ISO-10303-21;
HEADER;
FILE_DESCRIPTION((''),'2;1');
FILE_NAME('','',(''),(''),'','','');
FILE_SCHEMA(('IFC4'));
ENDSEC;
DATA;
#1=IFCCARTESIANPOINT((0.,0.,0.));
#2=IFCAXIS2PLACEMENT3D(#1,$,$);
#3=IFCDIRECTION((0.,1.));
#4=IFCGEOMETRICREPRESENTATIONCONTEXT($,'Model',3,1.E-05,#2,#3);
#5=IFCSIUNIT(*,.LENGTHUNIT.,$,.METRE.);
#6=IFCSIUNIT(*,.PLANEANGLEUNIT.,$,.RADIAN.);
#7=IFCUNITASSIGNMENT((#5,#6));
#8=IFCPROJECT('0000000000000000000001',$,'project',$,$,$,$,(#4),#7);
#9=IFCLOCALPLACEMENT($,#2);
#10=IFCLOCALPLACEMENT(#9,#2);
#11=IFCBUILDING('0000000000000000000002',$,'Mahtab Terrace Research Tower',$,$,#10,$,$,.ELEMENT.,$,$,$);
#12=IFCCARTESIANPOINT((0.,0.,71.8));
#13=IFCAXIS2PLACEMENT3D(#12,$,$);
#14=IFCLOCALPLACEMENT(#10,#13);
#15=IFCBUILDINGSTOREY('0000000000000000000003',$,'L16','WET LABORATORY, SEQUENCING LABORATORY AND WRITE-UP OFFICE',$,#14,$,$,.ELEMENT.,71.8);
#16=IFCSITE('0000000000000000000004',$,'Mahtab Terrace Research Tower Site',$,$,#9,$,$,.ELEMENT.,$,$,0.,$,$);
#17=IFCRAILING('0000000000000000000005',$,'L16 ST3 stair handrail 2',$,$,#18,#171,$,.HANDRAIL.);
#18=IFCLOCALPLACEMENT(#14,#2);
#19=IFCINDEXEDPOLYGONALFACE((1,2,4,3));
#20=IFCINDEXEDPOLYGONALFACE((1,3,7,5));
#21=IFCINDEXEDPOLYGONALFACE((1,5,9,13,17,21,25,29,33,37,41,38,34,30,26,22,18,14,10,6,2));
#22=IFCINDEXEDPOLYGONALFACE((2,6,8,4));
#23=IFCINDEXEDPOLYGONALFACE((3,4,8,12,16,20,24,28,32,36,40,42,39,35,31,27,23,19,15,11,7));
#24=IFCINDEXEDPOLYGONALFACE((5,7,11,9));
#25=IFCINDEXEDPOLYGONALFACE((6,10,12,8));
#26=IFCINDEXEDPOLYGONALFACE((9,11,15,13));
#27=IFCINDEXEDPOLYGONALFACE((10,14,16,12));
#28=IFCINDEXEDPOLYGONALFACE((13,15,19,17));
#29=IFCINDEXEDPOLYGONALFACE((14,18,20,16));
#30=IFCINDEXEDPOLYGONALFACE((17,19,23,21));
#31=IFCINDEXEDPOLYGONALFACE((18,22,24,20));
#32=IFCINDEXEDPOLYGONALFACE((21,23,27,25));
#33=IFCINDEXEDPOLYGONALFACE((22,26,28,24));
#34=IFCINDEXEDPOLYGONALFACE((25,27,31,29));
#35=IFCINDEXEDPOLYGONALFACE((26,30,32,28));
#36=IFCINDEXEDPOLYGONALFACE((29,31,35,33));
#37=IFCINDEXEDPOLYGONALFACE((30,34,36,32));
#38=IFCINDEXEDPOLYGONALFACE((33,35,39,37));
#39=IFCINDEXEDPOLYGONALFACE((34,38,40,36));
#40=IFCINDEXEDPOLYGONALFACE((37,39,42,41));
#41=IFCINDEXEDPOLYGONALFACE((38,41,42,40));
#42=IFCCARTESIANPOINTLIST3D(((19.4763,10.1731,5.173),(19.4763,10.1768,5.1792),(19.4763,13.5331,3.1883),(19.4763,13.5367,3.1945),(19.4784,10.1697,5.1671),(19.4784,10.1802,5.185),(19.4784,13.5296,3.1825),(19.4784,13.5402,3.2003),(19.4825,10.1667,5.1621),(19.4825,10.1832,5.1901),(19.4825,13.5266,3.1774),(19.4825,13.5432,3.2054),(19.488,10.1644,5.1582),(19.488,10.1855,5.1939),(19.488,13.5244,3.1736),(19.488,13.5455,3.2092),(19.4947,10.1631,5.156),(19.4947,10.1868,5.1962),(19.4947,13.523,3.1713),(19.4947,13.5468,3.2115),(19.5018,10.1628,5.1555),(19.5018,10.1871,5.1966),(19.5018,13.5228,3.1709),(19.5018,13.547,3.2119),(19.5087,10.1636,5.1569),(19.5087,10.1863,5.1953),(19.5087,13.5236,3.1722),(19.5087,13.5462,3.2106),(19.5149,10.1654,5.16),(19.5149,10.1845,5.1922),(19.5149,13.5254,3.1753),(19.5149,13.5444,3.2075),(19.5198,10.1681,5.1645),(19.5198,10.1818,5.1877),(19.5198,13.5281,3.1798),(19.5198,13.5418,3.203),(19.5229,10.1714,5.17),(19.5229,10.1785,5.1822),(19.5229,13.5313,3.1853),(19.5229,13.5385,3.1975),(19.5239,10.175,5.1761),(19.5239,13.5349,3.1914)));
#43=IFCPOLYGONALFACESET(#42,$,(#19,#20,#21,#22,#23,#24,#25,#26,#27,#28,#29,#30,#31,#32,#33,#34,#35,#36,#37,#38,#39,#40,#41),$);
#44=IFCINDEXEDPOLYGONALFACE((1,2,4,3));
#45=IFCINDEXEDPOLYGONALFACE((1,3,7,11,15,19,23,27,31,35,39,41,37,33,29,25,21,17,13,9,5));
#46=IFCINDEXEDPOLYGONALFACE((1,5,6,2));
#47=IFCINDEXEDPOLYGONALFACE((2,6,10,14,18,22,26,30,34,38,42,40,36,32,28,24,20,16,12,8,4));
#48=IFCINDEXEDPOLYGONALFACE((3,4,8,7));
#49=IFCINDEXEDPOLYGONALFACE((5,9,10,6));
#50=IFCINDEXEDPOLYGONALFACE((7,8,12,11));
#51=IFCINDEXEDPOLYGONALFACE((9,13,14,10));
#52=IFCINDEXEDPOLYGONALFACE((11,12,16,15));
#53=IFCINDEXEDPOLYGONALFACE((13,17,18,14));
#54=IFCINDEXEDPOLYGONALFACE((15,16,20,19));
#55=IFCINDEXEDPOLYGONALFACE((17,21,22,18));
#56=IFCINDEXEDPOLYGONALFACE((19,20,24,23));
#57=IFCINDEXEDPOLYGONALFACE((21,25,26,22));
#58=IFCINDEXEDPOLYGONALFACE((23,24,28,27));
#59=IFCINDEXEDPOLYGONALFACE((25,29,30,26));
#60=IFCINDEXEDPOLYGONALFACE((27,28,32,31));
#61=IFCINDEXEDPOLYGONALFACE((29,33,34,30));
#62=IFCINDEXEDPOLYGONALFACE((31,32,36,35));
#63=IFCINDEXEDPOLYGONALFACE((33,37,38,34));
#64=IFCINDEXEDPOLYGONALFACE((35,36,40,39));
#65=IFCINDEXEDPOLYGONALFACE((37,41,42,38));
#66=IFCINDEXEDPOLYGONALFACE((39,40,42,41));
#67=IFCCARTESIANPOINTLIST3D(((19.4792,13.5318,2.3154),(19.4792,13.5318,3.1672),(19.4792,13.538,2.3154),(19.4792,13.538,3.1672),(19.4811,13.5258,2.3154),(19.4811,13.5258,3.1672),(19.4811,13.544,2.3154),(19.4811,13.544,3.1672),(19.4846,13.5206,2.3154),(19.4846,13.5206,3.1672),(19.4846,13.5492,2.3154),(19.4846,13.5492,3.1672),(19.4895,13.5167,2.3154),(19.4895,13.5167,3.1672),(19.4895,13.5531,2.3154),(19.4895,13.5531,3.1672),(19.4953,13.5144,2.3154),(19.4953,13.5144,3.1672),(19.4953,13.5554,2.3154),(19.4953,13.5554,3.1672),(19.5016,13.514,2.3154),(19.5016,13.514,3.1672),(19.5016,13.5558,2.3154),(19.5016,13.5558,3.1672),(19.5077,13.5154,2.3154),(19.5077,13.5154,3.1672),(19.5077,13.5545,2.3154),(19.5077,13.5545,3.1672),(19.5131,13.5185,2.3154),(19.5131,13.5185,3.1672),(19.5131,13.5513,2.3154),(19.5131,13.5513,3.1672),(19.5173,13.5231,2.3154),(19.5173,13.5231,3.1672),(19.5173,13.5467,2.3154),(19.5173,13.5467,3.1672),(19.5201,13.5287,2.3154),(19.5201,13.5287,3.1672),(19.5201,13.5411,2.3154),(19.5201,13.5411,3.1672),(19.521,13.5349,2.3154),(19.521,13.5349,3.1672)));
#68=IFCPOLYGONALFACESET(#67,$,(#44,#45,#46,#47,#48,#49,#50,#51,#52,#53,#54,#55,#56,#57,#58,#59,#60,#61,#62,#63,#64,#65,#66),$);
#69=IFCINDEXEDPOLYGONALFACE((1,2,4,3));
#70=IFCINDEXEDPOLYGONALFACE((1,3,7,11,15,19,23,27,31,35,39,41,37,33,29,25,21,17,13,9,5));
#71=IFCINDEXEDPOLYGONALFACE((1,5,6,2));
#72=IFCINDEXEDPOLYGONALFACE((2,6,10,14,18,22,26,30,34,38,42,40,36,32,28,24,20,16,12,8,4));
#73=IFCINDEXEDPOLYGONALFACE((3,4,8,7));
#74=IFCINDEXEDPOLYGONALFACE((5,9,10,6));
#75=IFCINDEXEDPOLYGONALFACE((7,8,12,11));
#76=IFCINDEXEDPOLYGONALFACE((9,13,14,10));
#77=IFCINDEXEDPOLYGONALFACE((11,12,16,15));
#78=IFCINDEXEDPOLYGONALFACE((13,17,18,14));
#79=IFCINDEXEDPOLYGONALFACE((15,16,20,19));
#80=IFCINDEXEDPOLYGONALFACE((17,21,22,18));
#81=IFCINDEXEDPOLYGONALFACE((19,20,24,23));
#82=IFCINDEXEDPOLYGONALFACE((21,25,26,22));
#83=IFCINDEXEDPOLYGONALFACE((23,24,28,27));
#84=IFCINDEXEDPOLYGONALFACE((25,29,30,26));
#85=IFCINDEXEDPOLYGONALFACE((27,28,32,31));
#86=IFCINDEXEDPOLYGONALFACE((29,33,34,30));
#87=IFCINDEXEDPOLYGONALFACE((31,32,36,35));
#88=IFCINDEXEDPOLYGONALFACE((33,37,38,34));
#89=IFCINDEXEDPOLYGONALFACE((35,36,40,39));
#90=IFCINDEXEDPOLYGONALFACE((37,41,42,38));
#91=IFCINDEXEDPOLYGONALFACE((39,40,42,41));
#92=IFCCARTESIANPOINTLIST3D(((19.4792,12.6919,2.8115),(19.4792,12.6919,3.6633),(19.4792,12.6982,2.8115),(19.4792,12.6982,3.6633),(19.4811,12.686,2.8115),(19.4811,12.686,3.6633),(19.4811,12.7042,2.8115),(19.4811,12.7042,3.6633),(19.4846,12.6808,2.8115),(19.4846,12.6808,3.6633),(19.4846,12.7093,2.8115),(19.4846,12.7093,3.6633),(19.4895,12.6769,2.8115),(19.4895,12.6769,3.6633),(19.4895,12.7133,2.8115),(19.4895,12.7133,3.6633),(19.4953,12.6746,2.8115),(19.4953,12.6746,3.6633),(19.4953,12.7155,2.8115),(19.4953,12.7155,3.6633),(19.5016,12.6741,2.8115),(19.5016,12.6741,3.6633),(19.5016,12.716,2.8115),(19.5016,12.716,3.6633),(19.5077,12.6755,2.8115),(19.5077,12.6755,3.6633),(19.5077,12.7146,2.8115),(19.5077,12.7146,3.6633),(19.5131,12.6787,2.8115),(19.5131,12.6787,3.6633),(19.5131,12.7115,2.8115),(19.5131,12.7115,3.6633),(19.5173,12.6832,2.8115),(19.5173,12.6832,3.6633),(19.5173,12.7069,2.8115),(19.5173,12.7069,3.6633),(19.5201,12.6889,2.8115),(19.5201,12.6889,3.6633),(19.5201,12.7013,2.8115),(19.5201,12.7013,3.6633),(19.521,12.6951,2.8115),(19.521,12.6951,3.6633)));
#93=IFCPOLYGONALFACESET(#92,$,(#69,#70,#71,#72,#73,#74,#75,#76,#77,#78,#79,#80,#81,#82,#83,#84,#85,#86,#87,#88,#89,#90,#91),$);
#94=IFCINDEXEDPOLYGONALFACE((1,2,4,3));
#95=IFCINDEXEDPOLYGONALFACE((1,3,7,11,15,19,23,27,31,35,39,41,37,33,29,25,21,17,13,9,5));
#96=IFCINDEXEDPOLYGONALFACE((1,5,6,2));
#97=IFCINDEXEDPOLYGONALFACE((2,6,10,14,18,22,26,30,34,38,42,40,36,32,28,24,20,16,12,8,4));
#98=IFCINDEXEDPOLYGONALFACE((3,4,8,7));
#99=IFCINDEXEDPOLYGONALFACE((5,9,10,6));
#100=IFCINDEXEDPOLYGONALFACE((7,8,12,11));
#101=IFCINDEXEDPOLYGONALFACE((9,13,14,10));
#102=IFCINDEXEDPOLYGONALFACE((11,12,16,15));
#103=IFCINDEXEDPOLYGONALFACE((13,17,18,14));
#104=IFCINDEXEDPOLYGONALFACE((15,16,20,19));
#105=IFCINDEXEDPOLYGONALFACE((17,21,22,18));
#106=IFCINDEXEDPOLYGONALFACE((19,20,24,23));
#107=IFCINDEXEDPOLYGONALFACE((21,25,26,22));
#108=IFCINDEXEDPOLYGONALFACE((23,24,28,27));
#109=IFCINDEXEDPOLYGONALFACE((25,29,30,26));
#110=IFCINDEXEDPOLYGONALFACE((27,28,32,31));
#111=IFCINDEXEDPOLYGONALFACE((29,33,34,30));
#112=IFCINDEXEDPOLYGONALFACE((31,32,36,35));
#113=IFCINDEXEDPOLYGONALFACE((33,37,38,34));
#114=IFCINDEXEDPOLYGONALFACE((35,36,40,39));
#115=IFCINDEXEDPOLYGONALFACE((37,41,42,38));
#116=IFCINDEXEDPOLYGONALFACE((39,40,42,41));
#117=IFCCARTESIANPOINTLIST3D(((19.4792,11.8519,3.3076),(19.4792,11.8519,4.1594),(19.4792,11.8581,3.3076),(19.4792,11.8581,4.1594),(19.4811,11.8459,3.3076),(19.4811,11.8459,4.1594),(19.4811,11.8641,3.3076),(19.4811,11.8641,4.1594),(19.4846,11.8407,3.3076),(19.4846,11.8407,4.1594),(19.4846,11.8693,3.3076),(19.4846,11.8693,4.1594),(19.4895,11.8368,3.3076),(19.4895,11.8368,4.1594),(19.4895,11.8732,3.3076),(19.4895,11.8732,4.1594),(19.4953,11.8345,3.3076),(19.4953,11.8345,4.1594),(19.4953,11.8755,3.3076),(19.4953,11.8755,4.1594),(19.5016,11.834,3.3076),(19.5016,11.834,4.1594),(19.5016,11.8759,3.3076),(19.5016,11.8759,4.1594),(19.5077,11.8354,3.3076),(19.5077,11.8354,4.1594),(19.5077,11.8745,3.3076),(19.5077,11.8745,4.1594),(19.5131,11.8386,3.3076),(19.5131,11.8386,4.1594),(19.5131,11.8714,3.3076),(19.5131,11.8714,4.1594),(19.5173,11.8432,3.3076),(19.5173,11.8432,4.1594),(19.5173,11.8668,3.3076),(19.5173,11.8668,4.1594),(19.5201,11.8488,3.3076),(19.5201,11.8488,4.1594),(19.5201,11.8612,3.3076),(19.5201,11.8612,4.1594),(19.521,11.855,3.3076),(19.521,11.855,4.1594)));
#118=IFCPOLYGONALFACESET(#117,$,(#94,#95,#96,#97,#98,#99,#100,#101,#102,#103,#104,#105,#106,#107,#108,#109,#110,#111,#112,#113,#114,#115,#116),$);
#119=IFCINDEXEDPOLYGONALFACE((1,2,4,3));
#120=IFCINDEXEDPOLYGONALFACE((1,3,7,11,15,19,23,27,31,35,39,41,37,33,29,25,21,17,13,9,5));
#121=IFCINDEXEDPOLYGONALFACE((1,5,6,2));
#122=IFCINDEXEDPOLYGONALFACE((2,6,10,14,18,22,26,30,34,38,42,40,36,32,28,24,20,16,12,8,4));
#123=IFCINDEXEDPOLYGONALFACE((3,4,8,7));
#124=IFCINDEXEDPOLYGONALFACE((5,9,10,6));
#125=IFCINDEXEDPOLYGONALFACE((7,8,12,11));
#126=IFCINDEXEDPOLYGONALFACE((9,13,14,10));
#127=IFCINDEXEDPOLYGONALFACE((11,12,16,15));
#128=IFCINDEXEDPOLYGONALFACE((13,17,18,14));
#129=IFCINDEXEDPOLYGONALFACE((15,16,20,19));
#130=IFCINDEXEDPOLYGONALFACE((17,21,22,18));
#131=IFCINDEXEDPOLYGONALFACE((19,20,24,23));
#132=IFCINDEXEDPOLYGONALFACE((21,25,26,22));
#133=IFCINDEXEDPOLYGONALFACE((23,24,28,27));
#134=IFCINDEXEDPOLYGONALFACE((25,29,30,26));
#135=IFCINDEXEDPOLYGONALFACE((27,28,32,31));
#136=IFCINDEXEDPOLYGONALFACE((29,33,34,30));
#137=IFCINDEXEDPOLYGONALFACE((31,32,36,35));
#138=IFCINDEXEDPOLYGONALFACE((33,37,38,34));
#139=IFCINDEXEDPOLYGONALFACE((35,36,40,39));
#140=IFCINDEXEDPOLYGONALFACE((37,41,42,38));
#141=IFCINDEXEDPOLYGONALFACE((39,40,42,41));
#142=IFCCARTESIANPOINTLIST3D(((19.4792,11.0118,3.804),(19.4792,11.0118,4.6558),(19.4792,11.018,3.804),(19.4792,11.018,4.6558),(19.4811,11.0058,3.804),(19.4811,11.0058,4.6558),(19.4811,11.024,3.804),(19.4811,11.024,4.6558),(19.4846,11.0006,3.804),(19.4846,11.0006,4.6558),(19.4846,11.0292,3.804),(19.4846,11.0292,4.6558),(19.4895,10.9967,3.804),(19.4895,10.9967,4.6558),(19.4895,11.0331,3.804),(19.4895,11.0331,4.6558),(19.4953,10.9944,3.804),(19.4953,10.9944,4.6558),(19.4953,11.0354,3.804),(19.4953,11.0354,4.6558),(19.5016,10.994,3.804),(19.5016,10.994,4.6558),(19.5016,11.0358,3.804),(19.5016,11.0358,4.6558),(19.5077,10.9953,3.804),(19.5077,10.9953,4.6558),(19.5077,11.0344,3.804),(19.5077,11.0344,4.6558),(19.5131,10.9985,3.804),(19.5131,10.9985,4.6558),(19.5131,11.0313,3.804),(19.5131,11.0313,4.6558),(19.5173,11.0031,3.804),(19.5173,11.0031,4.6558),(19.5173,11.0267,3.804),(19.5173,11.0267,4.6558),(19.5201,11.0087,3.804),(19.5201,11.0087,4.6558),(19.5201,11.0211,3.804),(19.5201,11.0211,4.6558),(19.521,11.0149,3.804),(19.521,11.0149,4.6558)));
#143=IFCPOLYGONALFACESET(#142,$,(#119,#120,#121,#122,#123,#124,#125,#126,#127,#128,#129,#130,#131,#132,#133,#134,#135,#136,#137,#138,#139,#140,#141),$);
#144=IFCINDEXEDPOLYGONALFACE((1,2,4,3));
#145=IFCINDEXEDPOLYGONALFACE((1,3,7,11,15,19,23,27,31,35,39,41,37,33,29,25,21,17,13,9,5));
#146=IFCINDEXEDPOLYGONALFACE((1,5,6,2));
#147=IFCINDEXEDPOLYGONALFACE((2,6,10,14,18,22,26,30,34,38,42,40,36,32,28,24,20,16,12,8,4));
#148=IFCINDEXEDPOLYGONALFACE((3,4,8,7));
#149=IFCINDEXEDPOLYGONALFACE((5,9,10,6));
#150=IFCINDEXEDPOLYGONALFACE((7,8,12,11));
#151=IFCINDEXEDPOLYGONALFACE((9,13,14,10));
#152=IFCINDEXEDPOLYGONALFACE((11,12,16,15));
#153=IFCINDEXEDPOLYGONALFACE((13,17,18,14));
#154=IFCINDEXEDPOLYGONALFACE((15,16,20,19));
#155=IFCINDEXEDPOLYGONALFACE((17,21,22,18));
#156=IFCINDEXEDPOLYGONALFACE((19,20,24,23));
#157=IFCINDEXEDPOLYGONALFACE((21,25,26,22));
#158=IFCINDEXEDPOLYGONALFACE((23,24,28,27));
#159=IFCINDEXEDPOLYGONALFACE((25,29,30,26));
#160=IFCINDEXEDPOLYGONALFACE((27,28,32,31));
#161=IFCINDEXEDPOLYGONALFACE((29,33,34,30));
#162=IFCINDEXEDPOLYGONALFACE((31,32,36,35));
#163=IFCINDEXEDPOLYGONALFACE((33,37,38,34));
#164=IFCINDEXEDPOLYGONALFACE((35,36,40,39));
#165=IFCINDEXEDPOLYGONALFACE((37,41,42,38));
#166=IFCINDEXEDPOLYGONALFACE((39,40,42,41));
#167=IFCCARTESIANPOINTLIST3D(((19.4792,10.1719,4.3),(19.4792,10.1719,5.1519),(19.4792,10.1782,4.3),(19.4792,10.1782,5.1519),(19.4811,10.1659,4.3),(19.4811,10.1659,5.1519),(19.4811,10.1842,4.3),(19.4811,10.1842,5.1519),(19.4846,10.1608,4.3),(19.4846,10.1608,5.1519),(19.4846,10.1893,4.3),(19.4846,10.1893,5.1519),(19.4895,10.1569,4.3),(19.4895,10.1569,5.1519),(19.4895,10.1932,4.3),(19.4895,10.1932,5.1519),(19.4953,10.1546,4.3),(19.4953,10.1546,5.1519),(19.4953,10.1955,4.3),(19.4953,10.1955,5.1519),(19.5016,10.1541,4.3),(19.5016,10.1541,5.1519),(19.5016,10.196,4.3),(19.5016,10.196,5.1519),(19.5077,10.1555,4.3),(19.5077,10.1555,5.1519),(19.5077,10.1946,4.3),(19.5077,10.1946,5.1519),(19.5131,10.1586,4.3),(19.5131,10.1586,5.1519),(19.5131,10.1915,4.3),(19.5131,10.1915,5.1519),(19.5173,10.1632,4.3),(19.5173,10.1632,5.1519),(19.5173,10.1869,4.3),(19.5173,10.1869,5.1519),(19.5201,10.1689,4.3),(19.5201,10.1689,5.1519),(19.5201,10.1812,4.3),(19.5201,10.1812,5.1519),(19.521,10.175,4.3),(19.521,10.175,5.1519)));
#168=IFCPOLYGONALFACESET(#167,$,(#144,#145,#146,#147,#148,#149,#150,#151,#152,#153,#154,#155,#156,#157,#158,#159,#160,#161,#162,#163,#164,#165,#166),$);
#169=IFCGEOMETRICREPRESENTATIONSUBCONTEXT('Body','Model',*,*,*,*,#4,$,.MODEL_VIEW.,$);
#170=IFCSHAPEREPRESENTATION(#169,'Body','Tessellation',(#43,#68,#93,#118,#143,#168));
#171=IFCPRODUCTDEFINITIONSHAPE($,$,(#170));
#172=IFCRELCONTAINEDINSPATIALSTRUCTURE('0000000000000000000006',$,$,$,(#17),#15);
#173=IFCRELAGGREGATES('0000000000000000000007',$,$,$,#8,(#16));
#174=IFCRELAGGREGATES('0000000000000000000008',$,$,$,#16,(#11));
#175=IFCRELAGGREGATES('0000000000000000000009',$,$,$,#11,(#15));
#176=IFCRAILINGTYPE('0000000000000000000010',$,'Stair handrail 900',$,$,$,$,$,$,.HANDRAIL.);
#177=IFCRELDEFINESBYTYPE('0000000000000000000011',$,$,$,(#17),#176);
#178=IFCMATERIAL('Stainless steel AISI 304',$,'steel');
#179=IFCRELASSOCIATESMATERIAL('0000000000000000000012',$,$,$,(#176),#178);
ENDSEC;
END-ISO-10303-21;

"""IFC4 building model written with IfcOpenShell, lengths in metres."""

from ifc_helpers import new_model, si_unit, direction, frame, origin, origin_2d, place, context, subcontext, project, spatial, circle, extrude, material, type_object, element, save


model = new_model("IFC4")

# Units and contexts
model_context = context("Model", 3, precision=1e-05, world=origin(), true_north=direction((0.0, 1.0)))
body_context = subcontext(model_context, "Body", "Model", "MODEL_VIEW")
ifc_project = project(units=[si_unit("LENGTHUNIT", "METRE"), si_unit("PLANEANGLEUNIT", "RADIAN")], contexts=[model_context])

# Site, building, storey
site_placement = place(None, origin())
site = spatial("IfcSite", under=ifc_project, at=site_placement, Name="Mahtab Terrace Research Tower Site", CompositionType="ELEMENT", RefElevation=0.0)
building_placement = place(site_placement, origin())
building = spatial("IfcBuilding", under=site, at=building_placement, Name="Mahtab Terrace Research Tower", CompositionType="ELEMENT")
storey_placement = place(building_placement, frame((0.0, 0.0, 71.8)))
storey = spatial("IfcBuildingStorey", under=building, at=storey_placement, Name="L16", Description="WET LABORATORY, SEQUENCING LABORATORY AND WRITE-UP OFFICE", CompositionType="ELEMENT", Elevation=71.8)

# Railing
ifc_material_1 = material(Name="Stainless steel AISI 304", Category="steel")
railing_type_1 = type_object("IfcRailingType", Name="Stair handrail 900", PredefinedType="HANDRAIL", material=ifc_material_1)
railing_1_placement = place(storey_placement, frame((19.5, 13.5349, 2.3154)))
element("IfcRailing", 1, at=railing_1_placement, inside=storey, type_object=railing_type_1, Name="L16 ST3 stair handrail 2", PredefinedType="HANDRAIL", context=body_context, shape_type="SweptSolid", body=[
    extrude(circle(Radius=0.0239, at=origin_2d()), frame((0.0, 0.0, 0.876), z_axis=(0.0, -0.861011, 0.508586), x_axis=(1.0, 0.0, 0.0)), (0.0, 0.0, 1.0), 3.9023),
    extrude(circle(Radius=0.021, at=origin_2d()), origin(), (0.0, 0.0, 1.0), 0.8518),
    extrude(circle(Radius=0.021, at=origin_2d()), frame((0.0, -0.8398, 0.4961)), (0.0, 0.0, 1.0), 0.8518),
    extrude(circle(Radius=0.021, at=origin_2d()), frame((0.0, -1.6799, 0.9922)), (0.0, 0.0, 1.0), 0.8518),
    extrude(circle(Radius=0.021, at=origin_2d()), frame((0.0, -2.52, 1.4885)), (0.0, 0.0, 1.0), 0.8518),
    extrude(circle(Radius=0.021, at=origin_2d()), frame((0.0, -3.3599, 1.9846)), (0.0, 0.0, 1.0), 0.8518),
])

save(model, "model.ifc")
